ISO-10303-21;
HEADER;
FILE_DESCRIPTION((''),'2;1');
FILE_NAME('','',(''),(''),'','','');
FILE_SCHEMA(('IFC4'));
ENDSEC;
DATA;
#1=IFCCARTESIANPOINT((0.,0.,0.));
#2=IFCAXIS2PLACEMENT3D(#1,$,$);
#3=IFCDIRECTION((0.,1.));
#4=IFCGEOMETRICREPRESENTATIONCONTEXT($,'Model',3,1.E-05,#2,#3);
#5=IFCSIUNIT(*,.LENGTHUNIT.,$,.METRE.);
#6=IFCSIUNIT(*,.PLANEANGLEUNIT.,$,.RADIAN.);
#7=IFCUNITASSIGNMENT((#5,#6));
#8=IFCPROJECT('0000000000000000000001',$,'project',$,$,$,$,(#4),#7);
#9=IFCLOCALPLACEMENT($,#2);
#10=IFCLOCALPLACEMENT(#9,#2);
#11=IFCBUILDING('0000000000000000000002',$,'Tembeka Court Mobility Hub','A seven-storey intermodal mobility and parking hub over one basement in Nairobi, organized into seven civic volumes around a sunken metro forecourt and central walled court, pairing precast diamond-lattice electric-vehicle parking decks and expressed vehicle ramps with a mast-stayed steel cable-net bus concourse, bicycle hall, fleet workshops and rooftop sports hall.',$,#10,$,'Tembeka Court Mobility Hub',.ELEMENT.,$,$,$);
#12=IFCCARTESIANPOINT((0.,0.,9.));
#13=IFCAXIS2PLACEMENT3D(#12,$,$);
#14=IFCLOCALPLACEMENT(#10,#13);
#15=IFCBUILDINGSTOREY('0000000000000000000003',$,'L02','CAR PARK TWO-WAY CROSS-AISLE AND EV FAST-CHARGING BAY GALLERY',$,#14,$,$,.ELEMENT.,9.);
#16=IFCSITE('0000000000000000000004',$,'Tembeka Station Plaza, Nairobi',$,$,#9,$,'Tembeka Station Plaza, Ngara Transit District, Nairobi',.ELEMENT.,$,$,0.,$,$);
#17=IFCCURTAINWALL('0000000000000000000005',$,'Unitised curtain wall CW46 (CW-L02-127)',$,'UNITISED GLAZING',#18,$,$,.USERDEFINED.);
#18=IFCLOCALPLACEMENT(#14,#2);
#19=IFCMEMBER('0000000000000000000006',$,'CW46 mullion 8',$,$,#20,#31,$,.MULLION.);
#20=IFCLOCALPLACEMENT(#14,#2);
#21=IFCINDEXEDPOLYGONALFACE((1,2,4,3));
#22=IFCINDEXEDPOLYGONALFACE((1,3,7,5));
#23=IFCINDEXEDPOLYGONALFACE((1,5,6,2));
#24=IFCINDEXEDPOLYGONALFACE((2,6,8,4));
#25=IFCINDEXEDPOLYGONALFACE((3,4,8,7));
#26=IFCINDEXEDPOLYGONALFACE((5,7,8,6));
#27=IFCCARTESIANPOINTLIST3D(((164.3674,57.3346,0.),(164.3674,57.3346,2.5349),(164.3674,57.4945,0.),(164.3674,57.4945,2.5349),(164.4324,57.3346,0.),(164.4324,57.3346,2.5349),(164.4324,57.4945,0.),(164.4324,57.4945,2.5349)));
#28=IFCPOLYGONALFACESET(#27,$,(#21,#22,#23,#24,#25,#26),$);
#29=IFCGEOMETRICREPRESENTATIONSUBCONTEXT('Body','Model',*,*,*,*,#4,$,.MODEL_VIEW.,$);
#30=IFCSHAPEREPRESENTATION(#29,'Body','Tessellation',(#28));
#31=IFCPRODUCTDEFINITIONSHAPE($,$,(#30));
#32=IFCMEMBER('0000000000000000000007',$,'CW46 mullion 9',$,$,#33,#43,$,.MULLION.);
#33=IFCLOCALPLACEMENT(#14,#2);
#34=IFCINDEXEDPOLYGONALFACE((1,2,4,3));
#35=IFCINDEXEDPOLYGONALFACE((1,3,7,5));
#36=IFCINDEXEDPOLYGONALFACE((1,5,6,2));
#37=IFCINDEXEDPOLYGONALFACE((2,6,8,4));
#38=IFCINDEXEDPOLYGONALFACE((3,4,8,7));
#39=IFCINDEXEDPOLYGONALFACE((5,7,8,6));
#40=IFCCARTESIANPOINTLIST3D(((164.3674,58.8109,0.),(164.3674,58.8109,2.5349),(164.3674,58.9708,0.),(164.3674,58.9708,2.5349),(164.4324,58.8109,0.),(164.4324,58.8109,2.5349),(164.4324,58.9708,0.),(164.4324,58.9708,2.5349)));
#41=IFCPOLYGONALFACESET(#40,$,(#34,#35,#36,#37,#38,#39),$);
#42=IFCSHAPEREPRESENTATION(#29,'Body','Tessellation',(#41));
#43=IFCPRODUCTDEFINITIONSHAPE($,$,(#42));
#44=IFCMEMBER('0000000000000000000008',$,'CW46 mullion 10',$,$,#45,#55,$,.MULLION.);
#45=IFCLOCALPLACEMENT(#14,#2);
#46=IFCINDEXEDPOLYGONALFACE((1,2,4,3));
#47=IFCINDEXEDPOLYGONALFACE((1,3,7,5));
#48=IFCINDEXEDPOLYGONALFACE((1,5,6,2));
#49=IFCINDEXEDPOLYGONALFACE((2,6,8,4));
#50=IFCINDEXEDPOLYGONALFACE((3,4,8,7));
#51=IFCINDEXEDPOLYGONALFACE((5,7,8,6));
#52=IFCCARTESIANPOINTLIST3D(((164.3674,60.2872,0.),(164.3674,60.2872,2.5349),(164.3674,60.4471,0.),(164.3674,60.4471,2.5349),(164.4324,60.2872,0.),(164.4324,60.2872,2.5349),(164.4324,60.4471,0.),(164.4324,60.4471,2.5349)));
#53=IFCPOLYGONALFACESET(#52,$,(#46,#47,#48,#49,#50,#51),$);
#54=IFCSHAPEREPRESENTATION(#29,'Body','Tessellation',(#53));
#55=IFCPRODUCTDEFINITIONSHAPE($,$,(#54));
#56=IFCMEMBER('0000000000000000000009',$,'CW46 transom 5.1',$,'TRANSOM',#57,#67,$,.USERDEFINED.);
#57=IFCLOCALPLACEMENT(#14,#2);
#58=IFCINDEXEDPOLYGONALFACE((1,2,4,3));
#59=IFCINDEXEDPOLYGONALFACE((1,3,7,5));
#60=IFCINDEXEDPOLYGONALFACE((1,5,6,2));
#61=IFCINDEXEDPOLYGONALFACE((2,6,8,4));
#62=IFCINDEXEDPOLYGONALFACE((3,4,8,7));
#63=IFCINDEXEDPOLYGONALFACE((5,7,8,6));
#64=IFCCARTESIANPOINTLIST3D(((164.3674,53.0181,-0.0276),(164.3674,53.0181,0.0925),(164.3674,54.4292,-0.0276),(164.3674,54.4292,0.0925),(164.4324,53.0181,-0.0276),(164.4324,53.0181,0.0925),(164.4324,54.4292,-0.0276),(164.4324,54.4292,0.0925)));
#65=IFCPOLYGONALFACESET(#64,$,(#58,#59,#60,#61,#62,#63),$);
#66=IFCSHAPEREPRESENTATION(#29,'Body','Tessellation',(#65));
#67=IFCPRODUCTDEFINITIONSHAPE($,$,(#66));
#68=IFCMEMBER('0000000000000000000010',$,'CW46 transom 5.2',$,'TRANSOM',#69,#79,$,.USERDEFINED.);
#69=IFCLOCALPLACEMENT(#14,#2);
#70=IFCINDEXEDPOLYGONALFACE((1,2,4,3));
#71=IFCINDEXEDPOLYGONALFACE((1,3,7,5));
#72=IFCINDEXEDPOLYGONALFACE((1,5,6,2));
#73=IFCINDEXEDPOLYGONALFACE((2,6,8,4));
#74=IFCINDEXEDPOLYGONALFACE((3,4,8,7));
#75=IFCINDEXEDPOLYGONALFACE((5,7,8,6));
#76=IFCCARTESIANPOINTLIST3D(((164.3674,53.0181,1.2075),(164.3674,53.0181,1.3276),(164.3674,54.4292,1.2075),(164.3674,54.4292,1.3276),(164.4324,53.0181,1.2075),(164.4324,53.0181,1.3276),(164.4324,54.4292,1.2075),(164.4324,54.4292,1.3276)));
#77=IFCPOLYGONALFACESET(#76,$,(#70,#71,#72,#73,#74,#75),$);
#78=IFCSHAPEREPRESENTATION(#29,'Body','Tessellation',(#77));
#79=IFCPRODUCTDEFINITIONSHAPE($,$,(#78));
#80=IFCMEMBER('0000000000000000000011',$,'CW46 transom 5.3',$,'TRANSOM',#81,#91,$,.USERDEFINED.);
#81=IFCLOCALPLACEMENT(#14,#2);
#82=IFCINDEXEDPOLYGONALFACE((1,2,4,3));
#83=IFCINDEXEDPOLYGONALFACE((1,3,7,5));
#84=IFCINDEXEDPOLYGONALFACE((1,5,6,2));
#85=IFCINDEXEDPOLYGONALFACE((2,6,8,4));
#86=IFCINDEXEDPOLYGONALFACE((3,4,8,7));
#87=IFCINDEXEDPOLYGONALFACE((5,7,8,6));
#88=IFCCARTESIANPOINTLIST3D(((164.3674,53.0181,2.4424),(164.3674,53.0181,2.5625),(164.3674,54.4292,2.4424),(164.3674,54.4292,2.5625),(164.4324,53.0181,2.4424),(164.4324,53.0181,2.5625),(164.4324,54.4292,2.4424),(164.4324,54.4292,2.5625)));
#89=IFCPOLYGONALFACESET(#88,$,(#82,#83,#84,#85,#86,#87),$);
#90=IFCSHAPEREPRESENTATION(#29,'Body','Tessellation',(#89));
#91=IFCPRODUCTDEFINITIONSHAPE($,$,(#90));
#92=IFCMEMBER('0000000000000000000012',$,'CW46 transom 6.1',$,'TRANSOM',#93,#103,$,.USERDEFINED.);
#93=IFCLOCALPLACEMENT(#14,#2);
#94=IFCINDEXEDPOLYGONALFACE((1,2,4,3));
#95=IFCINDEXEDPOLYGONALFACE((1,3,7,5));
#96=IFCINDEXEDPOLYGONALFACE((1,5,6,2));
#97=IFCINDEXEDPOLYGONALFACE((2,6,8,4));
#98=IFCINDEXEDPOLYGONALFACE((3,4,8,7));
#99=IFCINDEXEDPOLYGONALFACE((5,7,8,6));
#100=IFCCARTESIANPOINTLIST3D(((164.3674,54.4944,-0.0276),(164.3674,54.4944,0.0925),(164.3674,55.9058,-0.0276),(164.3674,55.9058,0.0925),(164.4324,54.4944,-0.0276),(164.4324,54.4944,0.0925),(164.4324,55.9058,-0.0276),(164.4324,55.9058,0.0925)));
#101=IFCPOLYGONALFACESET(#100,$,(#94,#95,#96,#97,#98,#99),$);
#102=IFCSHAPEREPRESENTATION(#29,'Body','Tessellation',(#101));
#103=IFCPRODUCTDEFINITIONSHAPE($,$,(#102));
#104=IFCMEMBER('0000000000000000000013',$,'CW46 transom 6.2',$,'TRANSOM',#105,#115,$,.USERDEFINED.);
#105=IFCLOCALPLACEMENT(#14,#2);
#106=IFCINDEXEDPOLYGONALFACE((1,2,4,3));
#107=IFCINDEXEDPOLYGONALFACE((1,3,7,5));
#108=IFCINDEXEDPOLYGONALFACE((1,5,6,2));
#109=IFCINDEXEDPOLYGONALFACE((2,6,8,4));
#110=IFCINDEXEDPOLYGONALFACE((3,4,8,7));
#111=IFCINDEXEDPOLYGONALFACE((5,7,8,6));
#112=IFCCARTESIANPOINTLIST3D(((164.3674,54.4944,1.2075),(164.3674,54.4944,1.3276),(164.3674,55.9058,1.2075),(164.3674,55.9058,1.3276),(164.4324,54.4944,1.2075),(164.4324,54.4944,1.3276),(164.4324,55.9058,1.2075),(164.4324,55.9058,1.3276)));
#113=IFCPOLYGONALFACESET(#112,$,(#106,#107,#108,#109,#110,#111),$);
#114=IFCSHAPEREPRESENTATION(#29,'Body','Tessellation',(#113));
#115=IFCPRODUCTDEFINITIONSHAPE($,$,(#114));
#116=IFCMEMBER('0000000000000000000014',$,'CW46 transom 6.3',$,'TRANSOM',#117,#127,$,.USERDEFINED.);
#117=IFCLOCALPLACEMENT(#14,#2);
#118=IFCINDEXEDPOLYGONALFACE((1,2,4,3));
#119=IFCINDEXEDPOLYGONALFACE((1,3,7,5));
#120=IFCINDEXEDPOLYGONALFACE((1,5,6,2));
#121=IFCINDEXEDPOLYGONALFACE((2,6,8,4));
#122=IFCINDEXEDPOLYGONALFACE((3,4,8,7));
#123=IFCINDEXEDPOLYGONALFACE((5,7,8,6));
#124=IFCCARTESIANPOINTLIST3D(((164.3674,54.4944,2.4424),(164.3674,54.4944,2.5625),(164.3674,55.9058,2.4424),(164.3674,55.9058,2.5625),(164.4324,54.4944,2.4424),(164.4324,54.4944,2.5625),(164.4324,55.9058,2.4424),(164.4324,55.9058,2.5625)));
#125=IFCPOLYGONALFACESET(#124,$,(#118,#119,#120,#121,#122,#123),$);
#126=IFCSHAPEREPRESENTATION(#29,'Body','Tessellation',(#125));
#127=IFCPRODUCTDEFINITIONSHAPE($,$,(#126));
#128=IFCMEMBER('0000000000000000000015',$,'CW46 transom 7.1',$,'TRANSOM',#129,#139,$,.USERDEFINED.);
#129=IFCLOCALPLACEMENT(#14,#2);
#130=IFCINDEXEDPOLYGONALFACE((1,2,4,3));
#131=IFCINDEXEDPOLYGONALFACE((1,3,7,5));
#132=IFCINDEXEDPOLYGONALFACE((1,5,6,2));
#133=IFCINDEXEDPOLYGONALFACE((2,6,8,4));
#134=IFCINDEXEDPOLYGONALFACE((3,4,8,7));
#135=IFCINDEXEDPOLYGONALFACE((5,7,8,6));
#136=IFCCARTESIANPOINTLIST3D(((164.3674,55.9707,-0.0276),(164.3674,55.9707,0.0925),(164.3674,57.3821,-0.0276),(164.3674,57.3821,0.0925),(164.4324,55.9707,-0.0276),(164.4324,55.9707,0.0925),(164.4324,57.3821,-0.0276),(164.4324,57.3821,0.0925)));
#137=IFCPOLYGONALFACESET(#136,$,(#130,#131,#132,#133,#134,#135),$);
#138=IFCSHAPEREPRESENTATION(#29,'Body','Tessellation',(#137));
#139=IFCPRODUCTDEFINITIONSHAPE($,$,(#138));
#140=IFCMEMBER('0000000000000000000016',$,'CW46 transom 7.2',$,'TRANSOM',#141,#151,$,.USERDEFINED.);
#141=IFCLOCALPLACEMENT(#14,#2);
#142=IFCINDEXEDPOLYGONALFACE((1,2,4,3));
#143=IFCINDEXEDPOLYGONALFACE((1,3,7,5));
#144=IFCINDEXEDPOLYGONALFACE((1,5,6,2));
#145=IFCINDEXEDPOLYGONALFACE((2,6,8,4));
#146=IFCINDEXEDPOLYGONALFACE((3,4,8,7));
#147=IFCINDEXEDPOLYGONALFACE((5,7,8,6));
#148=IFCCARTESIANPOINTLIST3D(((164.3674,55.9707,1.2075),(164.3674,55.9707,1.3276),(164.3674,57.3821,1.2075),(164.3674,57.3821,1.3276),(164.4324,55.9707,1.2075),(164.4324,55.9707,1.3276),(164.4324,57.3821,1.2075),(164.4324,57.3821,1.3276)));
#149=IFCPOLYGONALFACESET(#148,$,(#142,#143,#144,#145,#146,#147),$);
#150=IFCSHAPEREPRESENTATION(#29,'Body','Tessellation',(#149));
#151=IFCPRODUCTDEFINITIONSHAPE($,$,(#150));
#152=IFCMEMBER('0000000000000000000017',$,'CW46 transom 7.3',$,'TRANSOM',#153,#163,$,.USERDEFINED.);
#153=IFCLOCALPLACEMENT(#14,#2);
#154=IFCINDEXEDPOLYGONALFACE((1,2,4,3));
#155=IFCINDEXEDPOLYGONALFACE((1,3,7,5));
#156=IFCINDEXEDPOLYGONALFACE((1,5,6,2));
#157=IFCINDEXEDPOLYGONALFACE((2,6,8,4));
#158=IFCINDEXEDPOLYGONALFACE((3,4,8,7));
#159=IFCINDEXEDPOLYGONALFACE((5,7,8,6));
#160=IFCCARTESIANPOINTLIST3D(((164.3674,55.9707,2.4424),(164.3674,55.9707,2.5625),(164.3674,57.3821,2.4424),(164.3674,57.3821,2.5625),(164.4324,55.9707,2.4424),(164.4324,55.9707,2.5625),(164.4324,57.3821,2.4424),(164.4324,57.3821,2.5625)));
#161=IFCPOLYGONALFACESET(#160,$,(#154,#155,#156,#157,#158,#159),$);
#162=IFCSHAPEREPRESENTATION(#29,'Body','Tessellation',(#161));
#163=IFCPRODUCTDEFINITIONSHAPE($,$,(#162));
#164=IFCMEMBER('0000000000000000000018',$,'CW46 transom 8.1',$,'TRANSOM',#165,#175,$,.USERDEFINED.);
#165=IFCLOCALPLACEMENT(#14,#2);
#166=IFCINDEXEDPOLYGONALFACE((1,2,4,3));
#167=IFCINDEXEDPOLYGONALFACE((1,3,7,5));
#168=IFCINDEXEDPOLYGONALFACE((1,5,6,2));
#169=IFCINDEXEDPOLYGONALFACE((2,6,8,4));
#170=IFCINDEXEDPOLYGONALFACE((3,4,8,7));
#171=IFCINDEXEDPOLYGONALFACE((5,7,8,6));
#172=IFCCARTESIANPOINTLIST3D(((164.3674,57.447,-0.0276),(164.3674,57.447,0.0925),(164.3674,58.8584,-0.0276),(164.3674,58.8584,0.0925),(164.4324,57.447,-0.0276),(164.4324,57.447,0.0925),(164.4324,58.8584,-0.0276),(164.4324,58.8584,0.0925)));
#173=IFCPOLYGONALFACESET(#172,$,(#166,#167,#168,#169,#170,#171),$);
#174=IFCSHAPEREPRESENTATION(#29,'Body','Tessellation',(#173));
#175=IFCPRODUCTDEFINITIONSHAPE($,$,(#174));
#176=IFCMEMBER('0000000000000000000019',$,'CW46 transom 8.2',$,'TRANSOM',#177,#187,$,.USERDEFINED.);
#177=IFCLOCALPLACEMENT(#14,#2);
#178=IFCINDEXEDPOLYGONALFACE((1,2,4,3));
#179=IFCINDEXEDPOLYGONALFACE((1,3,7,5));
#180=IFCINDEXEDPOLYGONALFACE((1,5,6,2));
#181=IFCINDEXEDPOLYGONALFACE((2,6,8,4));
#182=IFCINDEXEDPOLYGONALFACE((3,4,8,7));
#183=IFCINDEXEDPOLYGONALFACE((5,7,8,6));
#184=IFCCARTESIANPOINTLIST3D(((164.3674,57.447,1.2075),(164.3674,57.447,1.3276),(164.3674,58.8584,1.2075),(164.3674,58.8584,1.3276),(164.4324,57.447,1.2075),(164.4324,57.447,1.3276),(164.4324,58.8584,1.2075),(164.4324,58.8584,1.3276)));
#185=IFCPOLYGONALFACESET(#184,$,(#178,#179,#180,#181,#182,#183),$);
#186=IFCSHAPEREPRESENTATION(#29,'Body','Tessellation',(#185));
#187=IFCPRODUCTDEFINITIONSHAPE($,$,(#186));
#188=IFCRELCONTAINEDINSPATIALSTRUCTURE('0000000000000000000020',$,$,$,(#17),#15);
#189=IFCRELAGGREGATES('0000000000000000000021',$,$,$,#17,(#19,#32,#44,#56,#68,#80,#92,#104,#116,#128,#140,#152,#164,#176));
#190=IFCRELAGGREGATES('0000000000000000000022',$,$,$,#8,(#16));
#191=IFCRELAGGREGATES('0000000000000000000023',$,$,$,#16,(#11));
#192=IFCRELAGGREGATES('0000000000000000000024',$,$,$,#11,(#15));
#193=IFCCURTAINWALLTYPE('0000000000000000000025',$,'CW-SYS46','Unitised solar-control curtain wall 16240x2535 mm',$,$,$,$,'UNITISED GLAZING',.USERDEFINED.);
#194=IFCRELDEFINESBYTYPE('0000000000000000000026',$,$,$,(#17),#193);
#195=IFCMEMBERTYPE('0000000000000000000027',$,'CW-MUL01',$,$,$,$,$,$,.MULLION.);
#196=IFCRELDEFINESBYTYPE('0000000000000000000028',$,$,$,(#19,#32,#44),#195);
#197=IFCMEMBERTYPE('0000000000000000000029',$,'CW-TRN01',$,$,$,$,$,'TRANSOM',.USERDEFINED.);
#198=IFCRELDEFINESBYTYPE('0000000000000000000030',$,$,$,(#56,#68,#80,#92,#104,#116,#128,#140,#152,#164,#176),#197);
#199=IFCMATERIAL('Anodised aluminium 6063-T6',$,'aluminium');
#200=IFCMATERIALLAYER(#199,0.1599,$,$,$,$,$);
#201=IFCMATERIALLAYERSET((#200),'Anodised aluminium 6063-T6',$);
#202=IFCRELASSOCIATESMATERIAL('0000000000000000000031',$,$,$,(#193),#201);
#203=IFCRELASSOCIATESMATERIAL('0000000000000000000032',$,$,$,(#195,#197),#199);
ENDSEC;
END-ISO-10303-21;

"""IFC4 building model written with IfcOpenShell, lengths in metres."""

from ifc_helpers import new_model, si_unit, direction, frame, origin, origin_2d, place, context, subcontext, project, spatial, rectangle, extrude, material, layer, layer_set, material_profile, profile_set, type_object, element, aggregate, save


model = new_model("IFC4")

# Units and contexts
model_context = context("Model", 3, precision=1e-05, world=origin(), true_north=direction((0.0, 1.0)))
body_context = subcontext(model_context, "Body", "Model", "MODEL_VIEW")
ifc_project = project(units=[si_unit("LENGTHUNIT", "METRE"), si_unit("PLANEANGLEUNIT", "RADIAN")], contexts=[model_context])

# Site, building, storey
site_placement = place(None, origin())
site = spatial("IfcSite", under=ifc_project, at=site_placement, Name="Tembeka Station Plaza, Nairobi", LongName="Tembeka Station Plaza, Ngara Transit District, Nairobi", CompositionType="ELEMENT", RefElevation=0.0)
building_placement = place(site_placement, origin())
building = spatial("IfcBuilding", under=site, at=building_placement, Name="Tembeka Court Mobility Hub", Description="A seven-storey intermodal mobility and parking hub over one basement in Nairobi, organized into seven civic volumes around a sunken metro forecourt and central walled court, pairing precast diamond-lattice electric-vehicle parking decks and expressed vehicle ramps with a mast-stayed steel cable-net bus concourse, bicycle hall, fleet workshops and rooftop sports hall.", LongName="Tembeka Court Mobility Hub", CompositionType="ELEMENT")
storey_placement = place(building_placement, frame((0.0, 0.0, 9.0)))
storey = spatial("IfcBuildingStorey", under=building, at=storey_placement, Name="L02", Description="CAR PARK TWO-WAY CROSS-AISLE AND EV FAST-CHARGING BAY GALLERY", CompositionType="ELEMENT", Elevation=9.0)

# Curtain wall, members
ifc_material_1 = material(Name="Anodised aluminium 6063-T6", Category="aluminium")
ifc_layer_1 = layer(ifc_material_1, 0.1599)
ifc_layer_set_1 = layer_set([ifc_layer_1], Name="Anodised aluminium 6063-T6")
curtain_wall_type = type_object("IfcCurtainWallType", Name="CW-SYS46", Description="Unitised solar-control curtain wall 16240x2535 mm", ElementType="UNITISED GLAZING", PredefinedType="USERDEFINED", material=ifc_layer_set_1)
curtain_wall_placement = place(storey_placement, origin())
curtain_wall = element("IfcCurtainWall", 1, at=curtain_wall_placement, inside=storey, type_object=curtain_wall_type, Name="Unitised curtain wall CW46 (CW-L02-127)", ObjectType="UNITISED GLAZING", PredefinedType="USERDEFINED")
ifc_material_profile_1 = material_profile(ifc_material_1, rectangle(XDim=0.0649, YDim=0.1599, at=origin_2d()), Name="ALU-MUL 65x160")
ifc_profile_set_1 = profile_set([ifc_material_profile_1], Name="Anodised aluminium 6063-T6")
member_type_1 = type_object("IfcMemberType", Name="CW-MUL01", PredefinedType="MULLION", material=ifc_profile_set_1)
member_1_placement = place(storey_placement, frame((164.3999, 57.4146, 0.0), z_axis=(0.0, 0.0, 1.0), x_axis=(-1.0, 0.0, 0.0)))
member_1 = element("IfcMember", 2, at=member_1_placement, type_object=member_type_1, Name="CW46 mullion 8", PredefinedType="MULLION", context=body_context, shape_type="SweptSolid", body=[
    extrude(rectangle(XDim=0.0649, YDim=0.1599, at=origin_2d()), origin(), (0.0, 0.0, 1.0), 2.5349),
])
member_2_placement = place(storey_placement, frame((164.3999, 58.8909, 0.0), z_axis=(0.0, 0.0, 1.0), x_axis=(-1.0, 0.0, 0.0)))
member_2 = element("IfcMember", 3, at=member_2_placement, type_object=member_type_1, Name="CW46 mullion 9", PredefinedType="MULLION", context=body_context, shape_type="SweptSolid", body=[
    extrude(rectangle(XDim=0.0649, YDim=0.1599, at=origin_2d()), origin(), (0.0, 0.0, 1.0), 2.5349),
])
member_3_placement = place(storey_placement, frame((164.3999, 60.3672, 0.0), z_axis=(0.0, 0.0, 1.0), x_axis=(-1.0, 0.0, 0.0)))
member_3 = element("IfcMember", 4, at=member_3_placement, type_object=member_type_1, Name="CW46 mullion 10", PredefinedType="MULLION", context=body_context, shape_type="SweptSolid", body=[
    extrude(rectangle(XDim=0.0649, YDim=0.1599, at=origin_2d()), origin(), (0.0, 0.0, 1.0), 2.5349),
])
ifc_material_profile_2 = material_profile(ifc_material_1, rectangle(XDim=0.0649, YDim=0.1201, at=origin_2d()), Name="ALU-TRN 65x120")
ifc_profile_set_2 = profile_set([ifc_material_profile_2], Name="Anodised aluminium 6063-T6")
member_type_2 = type_object("IfcMemberType", Name="CW-TRN01", ElementType="TRANSOM", PredefinedType="USERDEFINED", material=ifc_profile_set_2)
member_4_placement = place(storey_placement, frame((164.3999, 53.0181, 0.0325), z_axis=(0.0, 1.0, 0.0), x_axis=(-1.0, 0.0, 0.0)))
member_4 = element("IfcMember", 5, at=member_4_placement, type_object=member_type_2, Name="CW46 transom 5.1", ObjectType="TRANSOM", PredefinedType="USERDEFINED", context=body_context, shape_type="SweptSolid", body=[
    extrude(rectangle(XDim=0.0649, YDim=0.1201, at=origin_2d()), origin(), (0.0, 0.0, 1.0), 1.4111),
])
member_5_placement = place(storey_placement, frame((164.3999, 53.0181, 1.2676), z_axis=(0.0, 1.0, 0.0), x_axis=(-1.0, 0.0, 0.0)))
member_5 = element("IfcMember", 6, at=member_5_placement, type_object=member_type_2, Name="CW46 transom 5.2", ObjectType="TRANSOM", PredefinedType="USERDEFINED", context=body_context, shape_type="SweptSolid", body=[
    extrude(rectangle(XDim=0.0649, YDim=0.1201, at=origin_2d()), origin(), (0.0, 0.0, 1.0), 1.4111),
])
member_6_placement = place(storey_placement, frame((164.3999, 53.0181, 2.5024), z_axis=(0.0, 1.0, 0.0), x_axis=(-1.0, 0.0, 0.0)))
member_6 = element("IfcMember", 7, at=member_6_placement, type_object=member_type_2, Name="CW46 transom 5.3", ObjectType="TRANSOM", PredefinedType="USERDEFINED", context=body_context, shape_type="SweptSolid", body=[
    extrude(rectangle(XDim=0.0649, YDim=0.1201, at=origin_2d()), origin(), (0.0, 0.0, 1.0), 1.4111),
])
member_7_placement = place(storey_placement, frame((164.3999, 54.4944, 0.0325), z_axis=(0.0, 1.0, 0.0), x_axis=(-1.0, 0.0, 0.0)))
member_7 = element("IfcMember", 8, at=member_7_placement, type_object=member_type_2, Name="CW46 transom 6.1", ObjectType="TRANSOM", PredefinedType="USERDEFINED", context=body_context, shape_type="SweptSolid", body=[
    extrude(rectangle(XDim=0.0649, YDim=0.1201, at=origin_2d()), origin(), (0.0, 0.0, 1.0), 1.4114),
])
member_8_placement = place(storey_placement, frame((164.3999, 54.4944, 1.2676), z_axis=(0.0, 1.0, 0.0), x_axis=(-1.0, 0.0, 0.0)))
member_8 = element("IfcMember", 9, at=member_8_placement, type_object=member_type_2, Name="CW46 transom 6.2", ObjectType="TRANSOM", PredefinedType="USERDEFINED", context=body_context, shape_type="SweptSolid", body=[
    extrude(rectangle(XDim=0.0649, YDim=0.1201, at=origin_2d()), origin(), (0.0, 0.0, 1.0), 1.4114),
])
member_9_placement = place(storey_placement, frame((164.3999, 54.4944, 2.5024), z_axis=(0.0, 1.0, 0.0), x_axis=(-1.0, 0.0, 0.0)))
member_9 = element("IfcMember", 10, at=member_9_placement, type_object=member_type_2, Name="CW46 transom 6.3", ObjectType="TRANSOM", PredefinedType="USERDEFINED", context=body_context, shape_type="SweptSolid", body=[
    extrude(rectangle(XDim=0.0649, YDim=0.1201, at=origin_2d()), origin(), (0.0, 0.0, 1.0), 1.4114),
])
member_10_placement = place(storey_placement, frame((164.3999, 55.9707, 0.0325), z_axis=(0.0, 1.0, 0.0), x_axis=(-1.0, 0.0, 0.0)))
member_10 = element("IfcMember", 11, at=member_10_placement, type_object=member_type_2, Name="CW46 transom 7.1", ObjectType="TRANSOM", PredefinedType="USERDEFINED", context=body_context, shape_type="SweptSolid", body=[
    extrude(rectangle(XDim=0.0649, YDim=0.1201, at=origin_2d()), origin(), (0.0, 0.0, 1.0), 1.4114),
])
member_11_placement = place(storey_placement, frame((164.3999, 55.9707, 1.2676), z_axis=(0.0, 1.0, 0.0), x_axis=(-1.0, 0.0, 0.0)))
member_11 = element("IfcMember", 12, at=member_11_placement, type_object=member_type_2, Name="CW46 transom 7.2", ObjectType="TRANSOM", PredefinedType="USERDEFINED", context=body_context, shape_type="SweptSolid", body=[
    extrude(rectangle(XDim=0.0649, YDim=0.1201, at=origin_2d()), origin(), (0.0, 0.0, 1.0), 1.4114),
])
member_12_placement = place(storey_placement, frame((164.3999, 55.9707, 2.5024), z_axis=(0.0, 1.0, 0.0), x_axis=(-1.0, 0.0, 0.0)))
member_12 = element("IfcMember", 13, at=member_12_placement, type_object=member_type_2, Name="CW46 transom 7.3", ObjectType="TRANSOM", PredefinedType="USERDEFINED", context=body_context, shape_type="SweptSolid", body=[
    extrude(rectangle(XDim=0.0649, YDim=0.1201, at=origin_2d()), origin(), (0.0, 0.0, 1.0), 1.4114),
])
member_13_placement = place(storey_placement, frame((164.3999, 57.447, 0.0325), z_axis=(0.0, 1.0, 0.0), x_axis=(-1.0, 0.0, 0.0)))
member_13 = element("IfcMember", 14, at=member_13_placement, type_object=member_type_2, Name="CW46 transom 8.1", ObjectType="TRANSOM", PredefinedType="USERDEFINED", context=body_context, shape_type="SweptSolid", body=[
    extrude(rectangle(XDim=0.0649, YDim=0.1201, at=origin_2d()), origin(), (0.0, 0.0, 1.0), 1.4114),
])
member_14_placement = place(storey_placement, frame((164.3999, 57.447, 1.2676), z_axis=(0.0, 1.0, 0.0), x_axis=(-1.0, 0.0, 0.0)))
member_14 = element("IfcMember", 15, at=member_14_placement, type_object=member_type_2, Name="CW46 transom 8.2", ObjectType="TRANSOM", PredefinedType="USERDEFINED", context=body_context, shape_type="SweptSolid", body=[
    extrude(rectangle(XDim=0.0649, YDim=0.1201, at=origin_2d()), origin(), (0.0, 0.0, 1.0), 1.4114),
])
aggregate(curtain_wall, [member_1, member_2, member_3, member_4, member_5, member_6, member_7, member_8, member_9, member_10, member_11, member_12, member_13, member_14])

save(model, "model.ifc")
